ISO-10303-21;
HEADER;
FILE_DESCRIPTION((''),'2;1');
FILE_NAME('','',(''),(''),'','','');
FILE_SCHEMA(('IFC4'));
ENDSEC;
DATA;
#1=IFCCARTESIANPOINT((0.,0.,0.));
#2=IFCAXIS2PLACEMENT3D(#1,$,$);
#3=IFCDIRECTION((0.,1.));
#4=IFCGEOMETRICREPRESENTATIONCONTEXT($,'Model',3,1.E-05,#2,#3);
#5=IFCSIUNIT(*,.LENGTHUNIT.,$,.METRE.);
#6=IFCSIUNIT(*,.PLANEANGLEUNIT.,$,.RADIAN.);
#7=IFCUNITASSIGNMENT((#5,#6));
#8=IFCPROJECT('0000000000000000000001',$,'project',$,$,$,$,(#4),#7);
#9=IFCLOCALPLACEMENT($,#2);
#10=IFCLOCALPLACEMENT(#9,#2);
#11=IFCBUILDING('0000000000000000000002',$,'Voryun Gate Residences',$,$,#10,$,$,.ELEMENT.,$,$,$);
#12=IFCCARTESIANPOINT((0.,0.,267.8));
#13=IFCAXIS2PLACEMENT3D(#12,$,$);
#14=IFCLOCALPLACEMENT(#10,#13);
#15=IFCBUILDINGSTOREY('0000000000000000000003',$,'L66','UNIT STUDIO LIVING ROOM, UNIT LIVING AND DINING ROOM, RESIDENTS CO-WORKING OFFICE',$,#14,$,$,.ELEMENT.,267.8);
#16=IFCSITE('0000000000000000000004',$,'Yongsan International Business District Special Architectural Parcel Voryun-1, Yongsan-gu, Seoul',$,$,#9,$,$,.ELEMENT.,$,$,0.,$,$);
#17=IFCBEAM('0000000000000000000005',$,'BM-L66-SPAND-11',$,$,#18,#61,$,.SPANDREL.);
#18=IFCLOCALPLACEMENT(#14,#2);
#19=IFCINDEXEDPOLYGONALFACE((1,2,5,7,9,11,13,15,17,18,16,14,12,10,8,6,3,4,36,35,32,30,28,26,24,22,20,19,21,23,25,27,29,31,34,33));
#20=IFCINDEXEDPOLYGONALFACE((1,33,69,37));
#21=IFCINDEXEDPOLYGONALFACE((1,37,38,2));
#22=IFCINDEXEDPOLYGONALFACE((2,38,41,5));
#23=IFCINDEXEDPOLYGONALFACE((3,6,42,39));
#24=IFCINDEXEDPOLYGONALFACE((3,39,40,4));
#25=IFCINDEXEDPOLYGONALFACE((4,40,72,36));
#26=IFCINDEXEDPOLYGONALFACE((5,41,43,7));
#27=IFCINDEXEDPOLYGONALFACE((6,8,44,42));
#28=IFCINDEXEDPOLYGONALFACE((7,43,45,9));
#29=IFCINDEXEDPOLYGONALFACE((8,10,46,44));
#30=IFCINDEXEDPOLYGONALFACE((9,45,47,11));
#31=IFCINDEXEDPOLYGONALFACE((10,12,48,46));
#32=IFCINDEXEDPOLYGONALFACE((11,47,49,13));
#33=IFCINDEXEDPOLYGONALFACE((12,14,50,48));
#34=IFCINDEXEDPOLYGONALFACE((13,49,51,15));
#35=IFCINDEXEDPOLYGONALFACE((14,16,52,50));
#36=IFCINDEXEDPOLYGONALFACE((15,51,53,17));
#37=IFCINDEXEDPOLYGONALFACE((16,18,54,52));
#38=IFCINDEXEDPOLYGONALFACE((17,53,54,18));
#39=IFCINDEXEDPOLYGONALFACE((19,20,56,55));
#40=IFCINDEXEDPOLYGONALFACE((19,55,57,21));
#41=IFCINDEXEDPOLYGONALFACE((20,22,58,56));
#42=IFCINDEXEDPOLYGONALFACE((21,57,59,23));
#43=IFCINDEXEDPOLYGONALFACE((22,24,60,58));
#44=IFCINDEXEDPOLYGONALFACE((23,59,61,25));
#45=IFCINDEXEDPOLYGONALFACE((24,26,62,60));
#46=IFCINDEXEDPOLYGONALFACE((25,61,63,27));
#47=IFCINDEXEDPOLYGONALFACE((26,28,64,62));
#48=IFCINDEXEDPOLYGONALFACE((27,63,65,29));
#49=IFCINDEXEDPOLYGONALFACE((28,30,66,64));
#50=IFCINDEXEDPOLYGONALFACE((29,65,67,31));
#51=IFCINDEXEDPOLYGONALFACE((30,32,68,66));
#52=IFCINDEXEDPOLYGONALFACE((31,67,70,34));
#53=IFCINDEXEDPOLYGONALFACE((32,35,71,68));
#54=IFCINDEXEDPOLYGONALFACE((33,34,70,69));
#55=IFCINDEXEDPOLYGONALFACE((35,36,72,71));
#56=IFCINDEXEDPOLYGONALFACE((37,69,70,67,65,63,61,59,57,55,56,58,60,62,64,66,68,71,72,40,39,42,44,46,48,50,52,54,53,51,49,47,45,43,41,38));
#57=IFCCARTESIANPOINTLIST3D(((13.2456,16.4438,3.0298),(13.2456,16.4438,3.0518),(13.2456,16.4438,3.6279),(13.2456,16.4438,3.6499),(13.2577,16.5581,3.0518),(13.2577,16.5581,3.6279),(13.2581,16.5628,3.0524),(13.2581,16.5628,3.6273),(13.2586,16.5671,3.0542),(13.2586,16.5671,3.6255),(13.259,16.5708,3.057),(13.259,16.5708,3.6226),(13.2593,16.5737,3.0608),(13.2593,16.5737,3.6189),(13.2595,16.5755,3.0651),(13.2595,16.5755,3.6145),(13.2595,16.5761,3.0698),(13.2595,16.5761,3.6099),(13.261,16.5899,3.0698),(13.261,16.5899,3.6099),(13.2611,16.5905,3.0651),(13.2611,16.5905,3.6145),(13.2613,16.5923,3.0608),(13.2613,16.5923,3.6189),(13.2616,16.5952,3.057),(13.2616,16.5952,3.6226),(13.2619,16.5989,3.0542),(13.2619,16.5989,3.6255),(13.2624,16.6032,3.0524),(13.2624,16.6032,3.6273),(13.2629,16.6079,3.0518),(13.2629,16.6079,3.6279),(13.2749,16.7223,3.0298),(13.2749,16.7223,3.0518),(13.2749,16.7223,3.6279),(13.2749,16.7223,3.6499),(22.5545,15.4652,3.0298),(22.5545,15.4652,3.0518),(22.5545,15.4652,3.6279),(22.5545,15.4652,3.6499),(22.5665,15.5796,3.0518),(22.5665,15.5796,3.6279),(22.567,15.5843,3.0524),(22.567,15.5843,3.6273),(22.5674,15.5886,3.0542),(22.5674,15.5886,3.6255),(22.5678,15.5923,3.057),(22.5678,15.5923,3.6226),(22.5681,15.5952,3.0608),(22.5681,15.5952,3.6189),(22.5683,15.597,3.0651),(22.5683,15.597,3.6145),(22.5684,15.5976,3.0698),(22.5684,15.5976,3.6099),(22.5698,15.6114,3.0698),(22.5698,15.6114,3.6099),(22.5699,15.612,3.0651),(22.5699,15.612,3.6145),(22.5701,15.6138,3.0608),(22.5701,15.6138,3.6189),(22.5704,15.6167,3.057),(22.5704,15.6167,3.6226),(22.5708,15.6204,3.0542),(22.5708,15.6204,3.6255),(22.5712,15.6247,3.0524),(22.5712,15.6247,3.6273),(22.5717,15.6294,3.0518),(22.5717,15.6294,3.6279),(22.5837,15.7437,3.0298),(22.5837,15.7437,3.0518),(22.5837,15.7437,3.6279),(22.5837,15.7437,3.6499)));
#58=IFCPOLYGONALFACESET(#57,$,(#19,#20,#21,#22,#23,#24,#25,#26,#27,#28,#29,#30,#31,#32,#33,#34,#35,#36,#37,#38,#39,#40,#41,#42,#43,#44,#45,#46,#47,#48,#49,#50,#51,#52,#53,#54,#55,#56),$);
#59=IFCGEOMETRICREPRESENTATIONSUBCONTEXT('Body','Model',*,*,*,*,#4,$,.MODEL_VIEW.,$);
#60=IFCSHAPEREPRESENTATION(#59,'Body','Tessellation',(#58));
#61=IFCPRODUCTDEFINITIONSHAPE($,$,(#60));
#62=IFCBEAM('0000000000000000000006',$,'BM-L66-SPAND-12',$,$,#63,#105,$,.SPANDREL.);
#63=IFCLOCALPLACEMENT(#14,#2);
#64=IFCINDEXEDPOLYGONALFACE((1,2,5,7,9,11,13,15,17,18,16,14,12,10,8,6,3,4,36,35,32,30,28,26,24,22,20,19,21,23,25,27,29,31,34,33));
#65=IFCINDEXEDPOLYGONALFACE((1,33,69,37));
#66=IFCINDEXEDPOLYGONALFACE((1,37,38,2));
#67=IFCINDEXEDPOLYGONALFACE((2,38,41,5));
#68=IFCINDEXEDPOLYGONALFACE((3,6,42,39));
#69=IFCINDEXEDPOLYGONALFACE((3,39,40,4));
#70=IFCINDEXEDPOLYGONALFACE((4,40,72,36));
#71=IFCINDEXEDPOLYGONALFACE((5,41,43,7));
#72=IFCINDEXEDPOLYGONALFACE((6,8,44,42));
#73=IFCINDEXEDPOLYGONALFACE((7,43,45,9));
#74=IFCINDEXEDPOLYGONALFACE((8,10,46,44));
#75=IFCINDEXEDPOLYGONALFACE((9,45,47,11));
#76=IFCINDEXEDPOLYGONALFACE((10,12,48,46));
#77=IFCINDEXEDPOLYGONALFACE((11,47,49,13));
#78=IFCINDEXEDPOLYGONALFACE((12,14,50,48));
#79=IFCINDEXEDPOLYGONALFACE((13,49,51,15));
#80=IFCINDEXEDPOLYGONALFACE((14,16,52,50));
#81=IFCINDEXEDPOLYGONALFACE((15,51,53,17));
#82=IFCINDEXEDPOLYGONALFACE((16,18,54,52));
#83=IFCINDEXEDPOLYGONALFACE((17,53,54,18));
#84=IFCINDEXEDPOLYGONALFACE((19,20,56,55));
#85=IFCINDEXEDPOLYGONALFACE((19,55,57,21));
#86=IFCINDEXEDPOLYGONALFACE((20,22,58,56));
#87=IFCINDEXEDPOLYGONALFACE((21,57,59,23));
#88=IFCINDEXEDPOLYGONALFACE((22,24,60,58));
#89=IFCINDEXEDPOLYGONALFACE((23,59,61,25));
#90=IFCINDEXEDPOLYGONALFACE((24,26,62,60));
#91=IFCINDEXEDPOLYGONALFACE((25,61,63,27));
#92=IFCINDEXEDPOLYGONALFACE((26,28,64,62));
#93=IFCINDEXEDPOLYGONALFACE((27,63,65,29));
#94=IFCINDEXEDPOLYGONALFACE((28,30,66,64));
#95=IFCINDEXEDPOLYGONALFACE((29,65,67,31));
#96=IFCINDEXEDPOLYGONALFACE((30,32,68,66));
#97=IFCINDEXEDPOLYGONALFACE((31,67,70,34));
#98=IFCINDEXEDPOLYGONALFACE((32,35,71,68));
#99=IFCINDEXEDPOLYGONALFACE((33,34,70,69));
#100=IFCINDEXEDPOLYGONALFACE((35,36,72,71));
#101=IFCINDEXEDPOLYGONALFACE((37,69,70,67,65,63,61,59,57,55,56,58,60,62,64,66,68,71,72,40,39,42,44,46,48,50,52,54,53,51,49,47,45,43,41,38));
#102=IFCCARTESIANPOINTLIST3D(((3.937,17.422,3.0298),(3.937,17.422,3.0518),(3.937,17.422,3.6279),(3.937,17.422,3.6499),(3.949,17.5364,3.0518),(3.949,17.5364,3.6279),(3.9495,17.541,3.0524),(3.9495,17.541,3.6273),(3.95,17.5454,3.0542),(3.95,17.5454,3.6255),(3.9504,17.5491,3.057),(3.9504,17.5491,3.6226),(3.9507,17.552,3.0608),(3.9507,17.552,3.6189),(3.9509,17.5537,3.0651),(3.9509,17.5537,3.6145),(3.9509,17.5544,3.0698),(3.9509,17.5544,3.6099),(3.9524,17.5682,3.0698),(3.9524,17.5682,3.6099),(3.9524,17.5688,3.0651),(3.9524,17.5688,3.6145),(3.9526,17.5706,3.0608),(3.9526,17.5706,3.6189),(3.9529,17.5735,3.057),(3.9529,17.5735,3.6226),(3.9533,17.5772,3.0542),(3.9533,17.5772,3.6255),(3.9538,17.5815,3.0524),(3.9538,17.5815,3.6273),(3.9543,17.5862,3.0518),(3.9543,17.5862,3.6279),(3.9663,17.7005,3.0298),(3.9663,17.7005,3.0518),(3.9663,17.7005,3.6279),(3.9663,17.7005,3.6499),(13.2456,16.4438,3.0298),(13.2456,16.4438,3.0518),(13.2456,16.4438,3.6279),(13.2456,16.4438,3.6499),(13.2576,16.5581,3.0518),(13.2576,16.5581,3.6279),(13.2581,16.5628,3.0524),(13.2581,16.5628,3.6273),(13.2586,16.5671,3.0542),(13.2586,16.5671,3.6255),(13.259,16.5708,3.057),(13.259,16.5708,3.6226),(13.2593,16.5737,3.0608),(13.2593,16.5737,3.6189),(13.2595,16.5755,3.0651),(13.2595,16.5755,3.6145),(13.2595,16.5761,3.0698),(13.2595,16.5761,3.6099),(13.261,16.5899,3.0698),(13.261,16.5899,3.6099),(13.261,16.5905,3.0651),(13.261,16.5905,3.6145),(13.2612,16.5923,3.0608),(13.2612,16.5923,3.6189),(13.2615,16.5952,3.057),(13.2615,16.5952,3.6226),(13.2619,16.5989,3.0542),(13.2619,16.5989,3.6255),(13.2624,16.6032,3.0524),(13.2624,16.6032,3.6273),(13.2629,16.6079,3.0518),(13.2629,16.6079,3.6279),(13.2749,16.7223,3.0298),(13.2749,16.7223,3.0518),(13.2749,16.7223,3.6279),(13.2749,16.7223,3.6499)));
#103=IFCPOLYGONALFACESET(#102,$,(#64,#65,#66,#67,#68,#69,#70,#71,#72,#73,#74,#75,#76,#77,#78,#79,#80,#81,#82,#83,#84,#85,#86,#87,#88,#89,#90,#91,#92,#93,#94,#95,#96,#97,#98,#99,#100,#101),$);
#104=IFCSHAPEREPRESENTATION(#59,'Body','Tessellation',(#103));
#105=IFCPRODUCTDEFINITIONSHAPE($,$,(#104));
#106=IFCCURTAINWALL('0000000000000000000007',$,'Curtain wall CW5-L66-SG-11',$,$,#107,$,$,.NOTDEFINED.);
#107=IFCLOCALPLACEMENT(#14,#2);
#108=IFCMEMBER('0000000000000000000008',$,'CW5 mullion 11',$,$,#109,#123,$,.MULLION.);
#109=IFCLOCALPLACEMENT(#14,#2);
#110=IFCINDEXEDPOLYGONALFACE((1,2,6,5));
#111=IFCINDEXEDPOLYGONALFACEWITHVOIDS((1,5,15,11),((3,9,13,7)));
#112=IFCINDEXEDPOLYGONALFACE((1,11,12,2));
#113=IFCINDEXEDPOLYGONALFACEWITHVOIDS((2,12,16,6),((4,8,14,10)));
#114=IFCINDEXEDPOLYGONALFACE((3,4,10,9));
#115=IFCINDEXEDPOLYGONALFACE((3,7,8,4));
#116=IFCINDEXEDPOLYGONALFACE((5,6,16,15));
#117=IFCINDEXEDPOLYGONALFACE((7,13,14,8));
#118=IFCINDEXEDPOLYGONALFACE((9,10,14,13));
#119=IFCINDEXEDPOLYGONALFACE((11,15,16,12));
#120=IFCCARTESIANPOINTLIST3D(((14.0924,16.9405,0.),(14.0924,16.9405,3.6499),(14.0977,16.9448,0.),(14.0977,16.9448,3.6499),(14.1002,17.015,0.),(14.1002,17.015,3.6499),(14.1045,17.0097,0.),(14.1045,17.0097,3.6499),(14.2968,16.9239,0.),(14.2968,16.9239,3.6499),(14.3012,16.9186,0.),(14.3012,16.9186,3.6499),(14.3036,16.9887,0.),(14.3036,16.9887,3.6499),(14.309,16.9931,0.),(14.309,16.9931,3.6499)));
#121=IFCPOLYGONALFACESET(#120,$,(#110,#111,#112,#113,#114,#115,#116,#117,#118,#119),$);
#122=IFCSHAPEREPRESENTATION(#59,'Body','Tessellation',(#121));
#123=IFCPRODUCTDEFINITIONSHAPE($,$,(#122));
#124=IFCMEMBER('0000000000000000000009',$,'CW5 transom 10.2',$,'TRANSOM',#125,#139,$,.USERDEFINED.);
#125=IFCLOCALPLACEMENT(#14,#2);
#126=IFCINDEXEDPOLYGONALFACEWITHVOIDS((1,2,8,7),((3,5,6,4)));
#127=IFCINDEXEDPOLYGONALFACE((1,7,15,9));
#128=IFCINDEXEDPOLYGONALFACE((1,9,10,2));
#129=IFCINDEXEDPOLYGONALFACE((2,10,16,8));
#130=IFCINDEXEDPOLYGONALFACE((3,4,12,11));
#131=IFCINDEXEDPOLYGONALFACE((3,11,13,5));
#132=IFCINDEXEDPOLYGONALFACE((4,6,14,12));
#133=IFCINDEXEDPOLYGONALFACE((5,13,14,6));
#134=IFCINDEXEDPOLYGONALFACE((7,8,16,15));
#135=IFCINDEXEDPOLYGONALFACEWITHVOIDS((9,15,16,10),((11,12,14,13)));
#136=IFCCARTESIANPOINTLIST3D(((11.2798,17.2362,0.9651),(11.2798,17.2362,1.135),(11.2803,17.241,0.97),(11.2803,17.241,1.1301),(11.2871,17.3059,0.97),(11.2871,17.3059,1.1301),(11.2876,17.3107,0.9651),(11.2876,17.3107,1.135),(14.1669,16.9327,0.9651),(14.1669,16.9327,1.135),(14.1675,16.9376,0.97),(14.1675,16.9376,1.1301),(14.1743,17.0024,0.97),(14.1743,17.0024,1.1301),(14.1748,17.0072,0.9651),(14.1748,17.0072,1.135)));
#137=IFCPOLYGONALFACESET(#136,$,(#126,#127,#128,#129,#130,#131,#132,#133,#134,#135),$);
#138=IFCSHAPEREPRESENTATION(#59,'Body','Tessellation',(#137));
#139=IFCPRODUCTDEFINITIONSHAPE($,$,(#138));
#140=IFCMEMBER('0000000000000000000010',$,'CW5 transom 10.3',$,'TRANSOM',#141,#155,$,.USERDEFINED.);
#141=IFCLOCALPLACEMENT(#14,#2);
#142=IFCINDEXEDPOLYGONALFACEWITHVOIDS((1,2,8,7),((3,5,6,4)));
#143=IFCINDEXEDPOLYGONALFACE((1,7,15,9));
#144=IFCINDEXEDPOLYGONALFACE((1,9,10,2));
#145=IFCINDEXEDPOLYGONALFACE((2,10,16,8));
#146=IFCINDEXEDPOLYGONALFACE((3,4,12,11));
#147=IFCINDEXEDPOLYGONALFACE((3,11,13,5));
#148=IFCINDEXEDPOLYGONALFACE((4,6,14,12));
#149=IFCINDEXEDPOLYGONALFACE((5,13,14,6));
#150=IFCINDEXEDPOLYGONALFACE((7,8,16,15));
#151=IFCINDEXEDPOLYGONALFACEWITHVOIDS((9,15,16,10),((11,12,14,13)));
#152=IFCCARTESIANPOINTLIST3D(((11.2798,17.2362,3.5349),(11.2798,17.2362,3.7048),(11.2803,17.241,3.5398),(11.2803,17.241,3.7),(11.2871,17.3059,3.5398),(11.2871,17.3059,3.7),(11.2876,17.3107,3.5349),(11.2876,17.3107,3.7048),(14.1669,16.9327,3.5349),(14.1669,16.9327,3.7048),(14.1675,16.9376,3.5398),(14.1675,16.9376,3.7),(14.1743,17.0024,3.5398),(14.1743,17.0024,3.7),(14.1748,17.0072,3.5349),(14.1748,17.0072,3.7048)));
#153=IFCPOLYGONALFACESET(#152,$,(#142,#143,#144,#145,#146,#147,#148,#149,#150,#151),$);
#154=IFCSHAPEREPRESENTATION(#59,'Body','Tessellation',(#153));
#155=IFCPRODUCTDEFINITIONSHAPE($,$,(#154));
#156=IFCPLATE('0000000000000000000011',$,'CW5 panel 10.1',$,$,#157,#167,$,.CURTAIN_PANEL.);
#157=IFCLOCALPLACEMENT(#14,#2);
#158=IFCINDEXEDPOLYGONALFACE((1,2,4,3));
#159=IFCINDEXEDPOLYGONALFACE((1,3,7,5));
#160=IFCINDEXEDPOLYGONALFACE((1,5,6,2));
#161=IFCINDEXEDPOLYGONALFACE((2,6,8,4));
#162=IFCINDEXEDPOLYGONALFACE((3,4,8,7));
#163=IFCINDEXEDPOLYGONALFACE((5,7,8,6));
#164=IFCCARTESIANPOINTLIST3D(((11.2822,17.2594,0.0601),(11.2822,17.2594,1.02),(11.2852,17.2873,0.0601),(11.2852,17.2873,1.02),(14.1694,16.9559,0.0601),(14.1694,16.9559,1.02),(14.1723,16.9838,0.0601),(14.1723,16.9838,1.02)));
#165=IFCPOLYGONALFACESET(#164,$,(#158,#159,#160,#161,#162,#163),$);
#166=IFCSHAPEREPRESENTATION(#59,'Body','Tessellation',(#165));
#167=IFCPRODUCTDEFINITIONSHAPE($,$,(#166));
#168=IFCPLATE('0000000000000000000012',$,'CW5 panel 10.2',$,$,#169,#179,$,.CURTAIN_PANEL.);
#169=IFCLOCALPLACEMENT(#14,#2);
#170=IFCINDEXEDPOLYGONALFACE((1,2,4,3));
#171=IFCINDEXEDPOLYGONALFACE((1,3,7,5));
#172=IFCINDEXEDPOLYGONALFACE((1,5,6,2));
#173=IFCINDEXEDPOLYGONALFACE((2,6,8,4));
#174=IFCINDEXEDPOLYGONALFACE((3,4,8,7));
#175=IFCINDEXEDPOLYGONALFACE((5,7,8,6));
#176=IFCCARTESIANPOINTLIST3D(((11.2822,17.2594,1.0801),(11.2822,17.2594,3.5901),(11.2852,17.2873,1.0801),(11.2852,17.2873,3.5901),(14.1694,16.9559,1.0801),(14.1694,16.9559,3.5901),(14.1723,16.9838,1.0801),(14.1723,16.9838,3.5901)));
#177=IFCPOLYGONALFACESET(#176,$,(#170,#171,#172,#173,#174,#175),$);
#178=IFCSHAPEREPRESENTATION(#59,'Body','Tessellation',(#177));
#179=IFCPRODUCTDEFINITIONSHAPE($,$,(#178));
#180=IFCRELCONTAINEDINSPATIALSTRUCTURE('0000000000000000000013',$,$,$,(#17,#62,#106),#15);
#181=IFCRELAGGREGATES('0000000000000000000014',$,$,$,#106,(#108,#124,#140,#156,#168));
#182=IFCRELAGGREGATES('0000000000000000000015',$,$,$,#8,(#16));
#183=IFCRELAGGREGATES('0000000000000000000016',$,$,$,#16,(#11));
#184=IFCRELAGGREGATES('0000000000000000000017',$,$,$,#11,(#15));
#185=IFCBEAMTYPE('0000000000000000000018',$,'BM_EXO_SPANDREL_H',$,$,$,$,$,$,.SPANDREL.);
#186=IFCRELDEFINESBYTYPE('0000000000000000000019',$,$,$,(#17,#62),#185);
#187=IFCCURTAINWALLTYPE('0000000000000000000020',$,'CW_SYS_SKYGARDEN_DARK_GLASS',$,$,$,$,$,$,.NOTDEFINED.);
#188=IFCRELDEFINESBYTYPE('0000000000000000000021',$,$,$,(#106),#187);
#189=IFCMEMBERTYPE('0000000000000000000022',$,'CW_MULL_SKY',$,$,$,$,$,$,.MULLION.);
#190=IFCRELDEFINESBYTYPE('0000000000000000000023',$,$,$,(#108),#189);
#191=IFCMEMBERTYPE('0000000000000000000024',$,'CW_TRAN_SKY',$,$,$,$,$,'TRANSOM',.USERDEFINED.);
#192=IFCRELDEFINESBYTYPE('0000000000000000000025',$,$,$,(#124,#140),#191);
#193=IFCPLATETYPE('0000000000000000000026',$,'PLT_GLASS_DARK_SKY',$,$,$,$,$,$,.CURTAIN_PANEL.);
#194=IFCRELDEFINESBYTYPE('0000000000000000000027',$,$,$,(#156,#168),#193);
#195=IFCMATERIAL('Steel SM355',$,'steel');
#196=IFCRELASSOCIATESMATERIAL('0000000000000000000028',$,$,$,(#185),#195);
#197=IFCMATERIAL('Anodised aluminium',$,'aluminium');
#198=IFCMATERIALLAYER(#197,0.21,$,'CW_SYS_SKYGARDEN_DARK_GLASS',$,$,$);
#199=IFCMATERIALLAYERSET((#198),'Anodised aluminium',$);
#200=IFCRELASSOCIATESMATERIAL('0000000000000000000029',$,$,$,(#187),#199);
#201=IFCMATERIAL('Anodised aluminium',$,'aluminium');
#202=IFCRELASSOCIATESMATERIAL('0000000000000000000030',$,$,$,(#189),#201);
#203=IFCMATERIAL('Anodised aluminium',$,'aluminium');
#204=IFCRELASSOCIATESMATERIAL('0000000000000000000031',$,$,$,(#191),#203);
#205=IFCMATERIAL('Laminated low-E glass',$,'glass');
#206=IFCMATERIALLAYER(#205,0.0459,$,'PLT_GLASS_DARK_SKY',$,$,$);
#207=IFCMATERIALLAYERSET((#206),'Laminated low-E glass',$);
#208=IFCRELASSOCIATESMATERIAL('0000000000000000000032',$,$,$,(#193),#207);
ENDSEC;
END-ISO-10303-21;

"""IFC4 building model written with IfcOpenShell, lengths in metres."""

from ifc_helpers import new_model, si_unit, direction, frame, origin, origin_2d, place, context, subcontext, project, spatial, rectangle, hollow_rectangle, i_section, extrude, material, layer, layer_set, material_profile, profile_set, type_object, element, aggregate, save


model = new_model("IFC4")

# Units and contexts
model_context = context("Model", 3, precision=1e-05, world=origin(), true_north=direction((0.0, 1.0)))
body_context = subcontext(model_context, "Body", "Model", "MODEL_VIEW")
ifc_project = project(units=[si_unit("LENGTHUNIT", "METRE"), si_unit("PLANEANGLEUNIT", "RADIAN")], contexts=[model_context])

# Site, building, storey
site_placement = place(None, origin())
site = spatial("IfcSite", under=ifc_project, at=site_placement, Name="Yongsan International Business District Special Architectural Parcel Voryun-1, Yongsan-gu, Seoul", CompositionType="ELEMENT", RefElevation=0.0)
building_placement = place(site_placement, origin())
building = spatial("IfcBuilding", under=site, at=building_placement, Name="Voryun Gate Residences", CompositionType="ELEMENT")
storey_placement = place(building_placement, frame((0.0, 0.0, 267.8)))
storey = spatial("IfcBuildingStorey", under=building, at=storey_placement, Name="L66", Description="UNIT STUDIO LIVING ROOM, UNIT LIVING AND DINING ROOM, RESIDENTS CO-WORKING OFFICE", CompositionType="ELEMENT", Elevation=267.8)

# Beams
ifc_material_1 = material(Name="Steel SM355", Category="steel")
ifc_material_profile_1 = material_profile(ifc_material_1, i_section(OverallWidth=0.28, OverallDepth=0.6201, WebThickness=0.0139, FlangeThickness=0.022, FilletRadius=0.0181, at=origin_2d()), Name="H-620x280x14x22")
ifc_profile_set_1 = profile_set([ifc_material_profile_1], Name="Steel SM355")
beam_type = type_object("IfcBeamType", Name="BM_EXO_SPANDREL_H", PredefinedType="SPANDREL", material=ifc_profile_set_1)
beam_1_placement = place(storey_placement, frame((22.5691, 15.6045, 3.3398), z_axis=(-0.994521, 0.104541, 0.0), x_axis=(-0.104541, -0.994521, 0.0)))
element("IfcBeam", 1, at=beam_1_placement, inside=storey, type_object=beam_type, Name="BM-L66-SPAND-11", PredefinedType="SPANDREL", context=body_context, shape_type="SweptSolid", body=[
    extrude(i_section(OverallWidth=0.28, OverallDepth=0.6201, WebThickness=0.0139, FlangeThickness=0.022, FilletRadius=0.0181, at=origin_2d()), origin(), (0.0, 0.0, 1.0), 9.3601),
])
beam_2_placement = place(storey_placement, frame((13.2603, 16.583, 3.3398), z_axis=(-0.994523, 0.104518, 0.0), x_axis=(-0.104518, -0.994523, 0.0)))
element("IfcBeam", 2, at=beam_2_placement, inside=storey, type_object=beam_type, Name="BM-L66-SPAND-12", PredefinedType="SPANDREL", context=body_context, shape_type="SweptSolid", body=[
    extrude(i_section(OverallWidth=0.28, OverallDepth=0.6201, WebThickness=0.0139, FlangeThickness=0.022, FilletRadius=0.0181, at=origin_2d()), origin(), (0.0, 0.0, 1.0), 9.3599),
])

# Curtain wall, members, plates
ifc_material_2 = material(Name="Anodised aluminium", Category="aluminium")
ifc_layer_1 = layer(ifc_material_2, 0.21, Name="CW_SYS_SKYGARDEN_DARK_GLASS")
ifc_layer_set_1 = layer_set([ifc_layer_1], Name="Anodised aluminium")
curtain_wall_type = type_object("IfcCurtainWallType", Name="CW_SYS_SKYGARDEN_DARK_GLASS", PredefinedType="NOTDEFINED", material=ifc_layer_set_1)
curtain_wall_placement = place(storey_placement, origin())
curtain_wall = element("IfcCurtainWall", 3, at=curtain_wall_placement, inside=storey, type_object=curtain_wall_type, Name="Curtain wall CW5-L66-SG-11", PredefinedType="NOTDEFINED")
ifc_material_3 = material(Name="Anodised aluminium", Category="aluminium")
ifc_material_profile_2 = material_profile(ifc_material_3, hollow_rectangle(XDim=0.075, YDim=0.21, WallThickness=0.0049, at=origin_2d()), Name="ALU-MULL-210x75x5")
ifc_profile_set_2 = profile_set([ifc_material_profile_2], Name="Anodised aluminium")
member_type_1 = type_object("IfcMemberType", Name="CW_MULL_SKY", PredefinedType="MULLION", material=ifc_profile_set_2)
member_1_placement = place(storey_placement, frame((14.2007, 16.9668, 0.0), z_axis=(0.0, 0.0, 1.0), x_axis=(0.104532, 0.994521, 0.0)))
member_1 = element("IfcMember", 4, at=member_1_placement, type_object=member_type_1, Name="CW5 mullion 11", PredefinedType="MULLION", context=body_context, shape_type="SweptSolid", body=[
    extrude(hollow_rectangle(XDim=0.075, YDim=0.21, WallThickness=0.0049, at=origin_2d()), origin(), (0.0, 0.0, 1.0), 3.6499),
])
ifc_material_4 = material(Name="Anodised aluminium", Category="aluminium")
ifc_material_profile_3 = material_profile(ifc_material_4, hollow_rectangle(XDim=0.075, YDim=0.1699, WallThickness=0.0049, at=origin_2d()), Name="ALU-TRAN-170x75x5")
ifc_profile_set_3 = profile_set([ifc_material_profile_3], Name="Anodised aluminium")
member_type_2 = type_object("IfcMemberType", Name="CW_TRAN_SKY", ElementType="TRANSOM", PredefinedType="USERDEFINED", material=ifc_profile_set_3)
member_2_placement = place(storey_placement, frame((11.2837, 17.2734, 1.05), z_axis=(0.994522, -0.104532, 0.0), x_axis=(0.104532, 0.994522, 0.0)))
member_2 = element("IfcMember", 5, at=member_2_placement, type_object=member_type_2, Name="CW5 transom 10.2", ObjectType="TRANSOM", PredefinedType="USERDEFINED", context=body_context, shape_type="SweptSolid", body=[
    extrude(hollow_rectangle(XDim=0.075, YDim=0.1699, WallThickness=0.0049, at=origin_2d()), origin(), (0.0, 0.0, 1.0), 2.9031),
])
member_3_placement = place(storey_placement, frame((11.2837, 17.2734, 3.6199), z_axis=(0.994522, -0.104532, 0.0), x_axis=(0.104532, 0.994522, 0.0)))
member_3 = element("IfcMember", 6, at=member_3_placement, type_object=member_type_2, Name="CW5 transom 10.3", ObjectType="TRANSOM", PredefinedType="USERDEFINED", context=body_context, shape_type="SweptSolid", body=[
    extrude(hollow_rectangle(XDim=0.075, YDim=0.1699, WallThickness=0.0049, at=origin_2d()), origin(), (0.0, 0.0, 1.0), 2.9031),
])
ifc_material_5 = material(Name="Laminated low-E glass", Category="glass")
ifc_layer_2 = layer(ifc_material_5, 0.0459, Name="PLT_GLASS_DARK_SKY")
ifc_layer_set_2 = layer_set([ifc_layer_2], Name="Laminated low-E glass")
plate_type = type_object("IfcPlateType", Name="PLT_GLASS_DARK_SKY", PredefinedType="CURTAIN_PANEL", material=ifc_layer_set_2)
plate_1_placement = place(storey_placement, frame((12.7273, 17.1216, 0.0601), z_axis=(0.0, 0.0, 1.0), x_axis=(0.994521, -0.104532, 0.0)))
plate_1 = element("IfcPlate", 7, at=plate_1_placement, type_object=plate_type, Name="CW5 panel 10.1", PredefinedType="CURTAIN_PANEL", context=body_context, shape_type="SweptSolid", body=[
    extrude(rectangle(XDim=2.9031, YDim=0.0281, at=origin_2d()), origin(), (0.0, 0.0, 1.0), 0.96),
])
plate_2_placement = place(storey_placement, frame((12.7273, 17.1216, 1.0801), z_axis=(0.0, 0.0, 1.0), x_axis=(0.994521, -0.104532, 0.0)))
plate_2 = element("IfcPlate", 8, at=plate_2_placement, type_object=plate_type, Name="CW5 panel 10.2", PredefinedType="CURTAIN_PANEL", context=body_context, shape_type="SweptSolid", body=[
    extrude(rectangle(XDim=2.9031, YDim=0.0281, at=origin_2d()), origin(), (0.0, 0.0, 1.0), 2.51),
])
aggregate(curtain_wall, [member_1, member_2, member_3, plate_1, plate_2])

save(model, "model.ifc")
